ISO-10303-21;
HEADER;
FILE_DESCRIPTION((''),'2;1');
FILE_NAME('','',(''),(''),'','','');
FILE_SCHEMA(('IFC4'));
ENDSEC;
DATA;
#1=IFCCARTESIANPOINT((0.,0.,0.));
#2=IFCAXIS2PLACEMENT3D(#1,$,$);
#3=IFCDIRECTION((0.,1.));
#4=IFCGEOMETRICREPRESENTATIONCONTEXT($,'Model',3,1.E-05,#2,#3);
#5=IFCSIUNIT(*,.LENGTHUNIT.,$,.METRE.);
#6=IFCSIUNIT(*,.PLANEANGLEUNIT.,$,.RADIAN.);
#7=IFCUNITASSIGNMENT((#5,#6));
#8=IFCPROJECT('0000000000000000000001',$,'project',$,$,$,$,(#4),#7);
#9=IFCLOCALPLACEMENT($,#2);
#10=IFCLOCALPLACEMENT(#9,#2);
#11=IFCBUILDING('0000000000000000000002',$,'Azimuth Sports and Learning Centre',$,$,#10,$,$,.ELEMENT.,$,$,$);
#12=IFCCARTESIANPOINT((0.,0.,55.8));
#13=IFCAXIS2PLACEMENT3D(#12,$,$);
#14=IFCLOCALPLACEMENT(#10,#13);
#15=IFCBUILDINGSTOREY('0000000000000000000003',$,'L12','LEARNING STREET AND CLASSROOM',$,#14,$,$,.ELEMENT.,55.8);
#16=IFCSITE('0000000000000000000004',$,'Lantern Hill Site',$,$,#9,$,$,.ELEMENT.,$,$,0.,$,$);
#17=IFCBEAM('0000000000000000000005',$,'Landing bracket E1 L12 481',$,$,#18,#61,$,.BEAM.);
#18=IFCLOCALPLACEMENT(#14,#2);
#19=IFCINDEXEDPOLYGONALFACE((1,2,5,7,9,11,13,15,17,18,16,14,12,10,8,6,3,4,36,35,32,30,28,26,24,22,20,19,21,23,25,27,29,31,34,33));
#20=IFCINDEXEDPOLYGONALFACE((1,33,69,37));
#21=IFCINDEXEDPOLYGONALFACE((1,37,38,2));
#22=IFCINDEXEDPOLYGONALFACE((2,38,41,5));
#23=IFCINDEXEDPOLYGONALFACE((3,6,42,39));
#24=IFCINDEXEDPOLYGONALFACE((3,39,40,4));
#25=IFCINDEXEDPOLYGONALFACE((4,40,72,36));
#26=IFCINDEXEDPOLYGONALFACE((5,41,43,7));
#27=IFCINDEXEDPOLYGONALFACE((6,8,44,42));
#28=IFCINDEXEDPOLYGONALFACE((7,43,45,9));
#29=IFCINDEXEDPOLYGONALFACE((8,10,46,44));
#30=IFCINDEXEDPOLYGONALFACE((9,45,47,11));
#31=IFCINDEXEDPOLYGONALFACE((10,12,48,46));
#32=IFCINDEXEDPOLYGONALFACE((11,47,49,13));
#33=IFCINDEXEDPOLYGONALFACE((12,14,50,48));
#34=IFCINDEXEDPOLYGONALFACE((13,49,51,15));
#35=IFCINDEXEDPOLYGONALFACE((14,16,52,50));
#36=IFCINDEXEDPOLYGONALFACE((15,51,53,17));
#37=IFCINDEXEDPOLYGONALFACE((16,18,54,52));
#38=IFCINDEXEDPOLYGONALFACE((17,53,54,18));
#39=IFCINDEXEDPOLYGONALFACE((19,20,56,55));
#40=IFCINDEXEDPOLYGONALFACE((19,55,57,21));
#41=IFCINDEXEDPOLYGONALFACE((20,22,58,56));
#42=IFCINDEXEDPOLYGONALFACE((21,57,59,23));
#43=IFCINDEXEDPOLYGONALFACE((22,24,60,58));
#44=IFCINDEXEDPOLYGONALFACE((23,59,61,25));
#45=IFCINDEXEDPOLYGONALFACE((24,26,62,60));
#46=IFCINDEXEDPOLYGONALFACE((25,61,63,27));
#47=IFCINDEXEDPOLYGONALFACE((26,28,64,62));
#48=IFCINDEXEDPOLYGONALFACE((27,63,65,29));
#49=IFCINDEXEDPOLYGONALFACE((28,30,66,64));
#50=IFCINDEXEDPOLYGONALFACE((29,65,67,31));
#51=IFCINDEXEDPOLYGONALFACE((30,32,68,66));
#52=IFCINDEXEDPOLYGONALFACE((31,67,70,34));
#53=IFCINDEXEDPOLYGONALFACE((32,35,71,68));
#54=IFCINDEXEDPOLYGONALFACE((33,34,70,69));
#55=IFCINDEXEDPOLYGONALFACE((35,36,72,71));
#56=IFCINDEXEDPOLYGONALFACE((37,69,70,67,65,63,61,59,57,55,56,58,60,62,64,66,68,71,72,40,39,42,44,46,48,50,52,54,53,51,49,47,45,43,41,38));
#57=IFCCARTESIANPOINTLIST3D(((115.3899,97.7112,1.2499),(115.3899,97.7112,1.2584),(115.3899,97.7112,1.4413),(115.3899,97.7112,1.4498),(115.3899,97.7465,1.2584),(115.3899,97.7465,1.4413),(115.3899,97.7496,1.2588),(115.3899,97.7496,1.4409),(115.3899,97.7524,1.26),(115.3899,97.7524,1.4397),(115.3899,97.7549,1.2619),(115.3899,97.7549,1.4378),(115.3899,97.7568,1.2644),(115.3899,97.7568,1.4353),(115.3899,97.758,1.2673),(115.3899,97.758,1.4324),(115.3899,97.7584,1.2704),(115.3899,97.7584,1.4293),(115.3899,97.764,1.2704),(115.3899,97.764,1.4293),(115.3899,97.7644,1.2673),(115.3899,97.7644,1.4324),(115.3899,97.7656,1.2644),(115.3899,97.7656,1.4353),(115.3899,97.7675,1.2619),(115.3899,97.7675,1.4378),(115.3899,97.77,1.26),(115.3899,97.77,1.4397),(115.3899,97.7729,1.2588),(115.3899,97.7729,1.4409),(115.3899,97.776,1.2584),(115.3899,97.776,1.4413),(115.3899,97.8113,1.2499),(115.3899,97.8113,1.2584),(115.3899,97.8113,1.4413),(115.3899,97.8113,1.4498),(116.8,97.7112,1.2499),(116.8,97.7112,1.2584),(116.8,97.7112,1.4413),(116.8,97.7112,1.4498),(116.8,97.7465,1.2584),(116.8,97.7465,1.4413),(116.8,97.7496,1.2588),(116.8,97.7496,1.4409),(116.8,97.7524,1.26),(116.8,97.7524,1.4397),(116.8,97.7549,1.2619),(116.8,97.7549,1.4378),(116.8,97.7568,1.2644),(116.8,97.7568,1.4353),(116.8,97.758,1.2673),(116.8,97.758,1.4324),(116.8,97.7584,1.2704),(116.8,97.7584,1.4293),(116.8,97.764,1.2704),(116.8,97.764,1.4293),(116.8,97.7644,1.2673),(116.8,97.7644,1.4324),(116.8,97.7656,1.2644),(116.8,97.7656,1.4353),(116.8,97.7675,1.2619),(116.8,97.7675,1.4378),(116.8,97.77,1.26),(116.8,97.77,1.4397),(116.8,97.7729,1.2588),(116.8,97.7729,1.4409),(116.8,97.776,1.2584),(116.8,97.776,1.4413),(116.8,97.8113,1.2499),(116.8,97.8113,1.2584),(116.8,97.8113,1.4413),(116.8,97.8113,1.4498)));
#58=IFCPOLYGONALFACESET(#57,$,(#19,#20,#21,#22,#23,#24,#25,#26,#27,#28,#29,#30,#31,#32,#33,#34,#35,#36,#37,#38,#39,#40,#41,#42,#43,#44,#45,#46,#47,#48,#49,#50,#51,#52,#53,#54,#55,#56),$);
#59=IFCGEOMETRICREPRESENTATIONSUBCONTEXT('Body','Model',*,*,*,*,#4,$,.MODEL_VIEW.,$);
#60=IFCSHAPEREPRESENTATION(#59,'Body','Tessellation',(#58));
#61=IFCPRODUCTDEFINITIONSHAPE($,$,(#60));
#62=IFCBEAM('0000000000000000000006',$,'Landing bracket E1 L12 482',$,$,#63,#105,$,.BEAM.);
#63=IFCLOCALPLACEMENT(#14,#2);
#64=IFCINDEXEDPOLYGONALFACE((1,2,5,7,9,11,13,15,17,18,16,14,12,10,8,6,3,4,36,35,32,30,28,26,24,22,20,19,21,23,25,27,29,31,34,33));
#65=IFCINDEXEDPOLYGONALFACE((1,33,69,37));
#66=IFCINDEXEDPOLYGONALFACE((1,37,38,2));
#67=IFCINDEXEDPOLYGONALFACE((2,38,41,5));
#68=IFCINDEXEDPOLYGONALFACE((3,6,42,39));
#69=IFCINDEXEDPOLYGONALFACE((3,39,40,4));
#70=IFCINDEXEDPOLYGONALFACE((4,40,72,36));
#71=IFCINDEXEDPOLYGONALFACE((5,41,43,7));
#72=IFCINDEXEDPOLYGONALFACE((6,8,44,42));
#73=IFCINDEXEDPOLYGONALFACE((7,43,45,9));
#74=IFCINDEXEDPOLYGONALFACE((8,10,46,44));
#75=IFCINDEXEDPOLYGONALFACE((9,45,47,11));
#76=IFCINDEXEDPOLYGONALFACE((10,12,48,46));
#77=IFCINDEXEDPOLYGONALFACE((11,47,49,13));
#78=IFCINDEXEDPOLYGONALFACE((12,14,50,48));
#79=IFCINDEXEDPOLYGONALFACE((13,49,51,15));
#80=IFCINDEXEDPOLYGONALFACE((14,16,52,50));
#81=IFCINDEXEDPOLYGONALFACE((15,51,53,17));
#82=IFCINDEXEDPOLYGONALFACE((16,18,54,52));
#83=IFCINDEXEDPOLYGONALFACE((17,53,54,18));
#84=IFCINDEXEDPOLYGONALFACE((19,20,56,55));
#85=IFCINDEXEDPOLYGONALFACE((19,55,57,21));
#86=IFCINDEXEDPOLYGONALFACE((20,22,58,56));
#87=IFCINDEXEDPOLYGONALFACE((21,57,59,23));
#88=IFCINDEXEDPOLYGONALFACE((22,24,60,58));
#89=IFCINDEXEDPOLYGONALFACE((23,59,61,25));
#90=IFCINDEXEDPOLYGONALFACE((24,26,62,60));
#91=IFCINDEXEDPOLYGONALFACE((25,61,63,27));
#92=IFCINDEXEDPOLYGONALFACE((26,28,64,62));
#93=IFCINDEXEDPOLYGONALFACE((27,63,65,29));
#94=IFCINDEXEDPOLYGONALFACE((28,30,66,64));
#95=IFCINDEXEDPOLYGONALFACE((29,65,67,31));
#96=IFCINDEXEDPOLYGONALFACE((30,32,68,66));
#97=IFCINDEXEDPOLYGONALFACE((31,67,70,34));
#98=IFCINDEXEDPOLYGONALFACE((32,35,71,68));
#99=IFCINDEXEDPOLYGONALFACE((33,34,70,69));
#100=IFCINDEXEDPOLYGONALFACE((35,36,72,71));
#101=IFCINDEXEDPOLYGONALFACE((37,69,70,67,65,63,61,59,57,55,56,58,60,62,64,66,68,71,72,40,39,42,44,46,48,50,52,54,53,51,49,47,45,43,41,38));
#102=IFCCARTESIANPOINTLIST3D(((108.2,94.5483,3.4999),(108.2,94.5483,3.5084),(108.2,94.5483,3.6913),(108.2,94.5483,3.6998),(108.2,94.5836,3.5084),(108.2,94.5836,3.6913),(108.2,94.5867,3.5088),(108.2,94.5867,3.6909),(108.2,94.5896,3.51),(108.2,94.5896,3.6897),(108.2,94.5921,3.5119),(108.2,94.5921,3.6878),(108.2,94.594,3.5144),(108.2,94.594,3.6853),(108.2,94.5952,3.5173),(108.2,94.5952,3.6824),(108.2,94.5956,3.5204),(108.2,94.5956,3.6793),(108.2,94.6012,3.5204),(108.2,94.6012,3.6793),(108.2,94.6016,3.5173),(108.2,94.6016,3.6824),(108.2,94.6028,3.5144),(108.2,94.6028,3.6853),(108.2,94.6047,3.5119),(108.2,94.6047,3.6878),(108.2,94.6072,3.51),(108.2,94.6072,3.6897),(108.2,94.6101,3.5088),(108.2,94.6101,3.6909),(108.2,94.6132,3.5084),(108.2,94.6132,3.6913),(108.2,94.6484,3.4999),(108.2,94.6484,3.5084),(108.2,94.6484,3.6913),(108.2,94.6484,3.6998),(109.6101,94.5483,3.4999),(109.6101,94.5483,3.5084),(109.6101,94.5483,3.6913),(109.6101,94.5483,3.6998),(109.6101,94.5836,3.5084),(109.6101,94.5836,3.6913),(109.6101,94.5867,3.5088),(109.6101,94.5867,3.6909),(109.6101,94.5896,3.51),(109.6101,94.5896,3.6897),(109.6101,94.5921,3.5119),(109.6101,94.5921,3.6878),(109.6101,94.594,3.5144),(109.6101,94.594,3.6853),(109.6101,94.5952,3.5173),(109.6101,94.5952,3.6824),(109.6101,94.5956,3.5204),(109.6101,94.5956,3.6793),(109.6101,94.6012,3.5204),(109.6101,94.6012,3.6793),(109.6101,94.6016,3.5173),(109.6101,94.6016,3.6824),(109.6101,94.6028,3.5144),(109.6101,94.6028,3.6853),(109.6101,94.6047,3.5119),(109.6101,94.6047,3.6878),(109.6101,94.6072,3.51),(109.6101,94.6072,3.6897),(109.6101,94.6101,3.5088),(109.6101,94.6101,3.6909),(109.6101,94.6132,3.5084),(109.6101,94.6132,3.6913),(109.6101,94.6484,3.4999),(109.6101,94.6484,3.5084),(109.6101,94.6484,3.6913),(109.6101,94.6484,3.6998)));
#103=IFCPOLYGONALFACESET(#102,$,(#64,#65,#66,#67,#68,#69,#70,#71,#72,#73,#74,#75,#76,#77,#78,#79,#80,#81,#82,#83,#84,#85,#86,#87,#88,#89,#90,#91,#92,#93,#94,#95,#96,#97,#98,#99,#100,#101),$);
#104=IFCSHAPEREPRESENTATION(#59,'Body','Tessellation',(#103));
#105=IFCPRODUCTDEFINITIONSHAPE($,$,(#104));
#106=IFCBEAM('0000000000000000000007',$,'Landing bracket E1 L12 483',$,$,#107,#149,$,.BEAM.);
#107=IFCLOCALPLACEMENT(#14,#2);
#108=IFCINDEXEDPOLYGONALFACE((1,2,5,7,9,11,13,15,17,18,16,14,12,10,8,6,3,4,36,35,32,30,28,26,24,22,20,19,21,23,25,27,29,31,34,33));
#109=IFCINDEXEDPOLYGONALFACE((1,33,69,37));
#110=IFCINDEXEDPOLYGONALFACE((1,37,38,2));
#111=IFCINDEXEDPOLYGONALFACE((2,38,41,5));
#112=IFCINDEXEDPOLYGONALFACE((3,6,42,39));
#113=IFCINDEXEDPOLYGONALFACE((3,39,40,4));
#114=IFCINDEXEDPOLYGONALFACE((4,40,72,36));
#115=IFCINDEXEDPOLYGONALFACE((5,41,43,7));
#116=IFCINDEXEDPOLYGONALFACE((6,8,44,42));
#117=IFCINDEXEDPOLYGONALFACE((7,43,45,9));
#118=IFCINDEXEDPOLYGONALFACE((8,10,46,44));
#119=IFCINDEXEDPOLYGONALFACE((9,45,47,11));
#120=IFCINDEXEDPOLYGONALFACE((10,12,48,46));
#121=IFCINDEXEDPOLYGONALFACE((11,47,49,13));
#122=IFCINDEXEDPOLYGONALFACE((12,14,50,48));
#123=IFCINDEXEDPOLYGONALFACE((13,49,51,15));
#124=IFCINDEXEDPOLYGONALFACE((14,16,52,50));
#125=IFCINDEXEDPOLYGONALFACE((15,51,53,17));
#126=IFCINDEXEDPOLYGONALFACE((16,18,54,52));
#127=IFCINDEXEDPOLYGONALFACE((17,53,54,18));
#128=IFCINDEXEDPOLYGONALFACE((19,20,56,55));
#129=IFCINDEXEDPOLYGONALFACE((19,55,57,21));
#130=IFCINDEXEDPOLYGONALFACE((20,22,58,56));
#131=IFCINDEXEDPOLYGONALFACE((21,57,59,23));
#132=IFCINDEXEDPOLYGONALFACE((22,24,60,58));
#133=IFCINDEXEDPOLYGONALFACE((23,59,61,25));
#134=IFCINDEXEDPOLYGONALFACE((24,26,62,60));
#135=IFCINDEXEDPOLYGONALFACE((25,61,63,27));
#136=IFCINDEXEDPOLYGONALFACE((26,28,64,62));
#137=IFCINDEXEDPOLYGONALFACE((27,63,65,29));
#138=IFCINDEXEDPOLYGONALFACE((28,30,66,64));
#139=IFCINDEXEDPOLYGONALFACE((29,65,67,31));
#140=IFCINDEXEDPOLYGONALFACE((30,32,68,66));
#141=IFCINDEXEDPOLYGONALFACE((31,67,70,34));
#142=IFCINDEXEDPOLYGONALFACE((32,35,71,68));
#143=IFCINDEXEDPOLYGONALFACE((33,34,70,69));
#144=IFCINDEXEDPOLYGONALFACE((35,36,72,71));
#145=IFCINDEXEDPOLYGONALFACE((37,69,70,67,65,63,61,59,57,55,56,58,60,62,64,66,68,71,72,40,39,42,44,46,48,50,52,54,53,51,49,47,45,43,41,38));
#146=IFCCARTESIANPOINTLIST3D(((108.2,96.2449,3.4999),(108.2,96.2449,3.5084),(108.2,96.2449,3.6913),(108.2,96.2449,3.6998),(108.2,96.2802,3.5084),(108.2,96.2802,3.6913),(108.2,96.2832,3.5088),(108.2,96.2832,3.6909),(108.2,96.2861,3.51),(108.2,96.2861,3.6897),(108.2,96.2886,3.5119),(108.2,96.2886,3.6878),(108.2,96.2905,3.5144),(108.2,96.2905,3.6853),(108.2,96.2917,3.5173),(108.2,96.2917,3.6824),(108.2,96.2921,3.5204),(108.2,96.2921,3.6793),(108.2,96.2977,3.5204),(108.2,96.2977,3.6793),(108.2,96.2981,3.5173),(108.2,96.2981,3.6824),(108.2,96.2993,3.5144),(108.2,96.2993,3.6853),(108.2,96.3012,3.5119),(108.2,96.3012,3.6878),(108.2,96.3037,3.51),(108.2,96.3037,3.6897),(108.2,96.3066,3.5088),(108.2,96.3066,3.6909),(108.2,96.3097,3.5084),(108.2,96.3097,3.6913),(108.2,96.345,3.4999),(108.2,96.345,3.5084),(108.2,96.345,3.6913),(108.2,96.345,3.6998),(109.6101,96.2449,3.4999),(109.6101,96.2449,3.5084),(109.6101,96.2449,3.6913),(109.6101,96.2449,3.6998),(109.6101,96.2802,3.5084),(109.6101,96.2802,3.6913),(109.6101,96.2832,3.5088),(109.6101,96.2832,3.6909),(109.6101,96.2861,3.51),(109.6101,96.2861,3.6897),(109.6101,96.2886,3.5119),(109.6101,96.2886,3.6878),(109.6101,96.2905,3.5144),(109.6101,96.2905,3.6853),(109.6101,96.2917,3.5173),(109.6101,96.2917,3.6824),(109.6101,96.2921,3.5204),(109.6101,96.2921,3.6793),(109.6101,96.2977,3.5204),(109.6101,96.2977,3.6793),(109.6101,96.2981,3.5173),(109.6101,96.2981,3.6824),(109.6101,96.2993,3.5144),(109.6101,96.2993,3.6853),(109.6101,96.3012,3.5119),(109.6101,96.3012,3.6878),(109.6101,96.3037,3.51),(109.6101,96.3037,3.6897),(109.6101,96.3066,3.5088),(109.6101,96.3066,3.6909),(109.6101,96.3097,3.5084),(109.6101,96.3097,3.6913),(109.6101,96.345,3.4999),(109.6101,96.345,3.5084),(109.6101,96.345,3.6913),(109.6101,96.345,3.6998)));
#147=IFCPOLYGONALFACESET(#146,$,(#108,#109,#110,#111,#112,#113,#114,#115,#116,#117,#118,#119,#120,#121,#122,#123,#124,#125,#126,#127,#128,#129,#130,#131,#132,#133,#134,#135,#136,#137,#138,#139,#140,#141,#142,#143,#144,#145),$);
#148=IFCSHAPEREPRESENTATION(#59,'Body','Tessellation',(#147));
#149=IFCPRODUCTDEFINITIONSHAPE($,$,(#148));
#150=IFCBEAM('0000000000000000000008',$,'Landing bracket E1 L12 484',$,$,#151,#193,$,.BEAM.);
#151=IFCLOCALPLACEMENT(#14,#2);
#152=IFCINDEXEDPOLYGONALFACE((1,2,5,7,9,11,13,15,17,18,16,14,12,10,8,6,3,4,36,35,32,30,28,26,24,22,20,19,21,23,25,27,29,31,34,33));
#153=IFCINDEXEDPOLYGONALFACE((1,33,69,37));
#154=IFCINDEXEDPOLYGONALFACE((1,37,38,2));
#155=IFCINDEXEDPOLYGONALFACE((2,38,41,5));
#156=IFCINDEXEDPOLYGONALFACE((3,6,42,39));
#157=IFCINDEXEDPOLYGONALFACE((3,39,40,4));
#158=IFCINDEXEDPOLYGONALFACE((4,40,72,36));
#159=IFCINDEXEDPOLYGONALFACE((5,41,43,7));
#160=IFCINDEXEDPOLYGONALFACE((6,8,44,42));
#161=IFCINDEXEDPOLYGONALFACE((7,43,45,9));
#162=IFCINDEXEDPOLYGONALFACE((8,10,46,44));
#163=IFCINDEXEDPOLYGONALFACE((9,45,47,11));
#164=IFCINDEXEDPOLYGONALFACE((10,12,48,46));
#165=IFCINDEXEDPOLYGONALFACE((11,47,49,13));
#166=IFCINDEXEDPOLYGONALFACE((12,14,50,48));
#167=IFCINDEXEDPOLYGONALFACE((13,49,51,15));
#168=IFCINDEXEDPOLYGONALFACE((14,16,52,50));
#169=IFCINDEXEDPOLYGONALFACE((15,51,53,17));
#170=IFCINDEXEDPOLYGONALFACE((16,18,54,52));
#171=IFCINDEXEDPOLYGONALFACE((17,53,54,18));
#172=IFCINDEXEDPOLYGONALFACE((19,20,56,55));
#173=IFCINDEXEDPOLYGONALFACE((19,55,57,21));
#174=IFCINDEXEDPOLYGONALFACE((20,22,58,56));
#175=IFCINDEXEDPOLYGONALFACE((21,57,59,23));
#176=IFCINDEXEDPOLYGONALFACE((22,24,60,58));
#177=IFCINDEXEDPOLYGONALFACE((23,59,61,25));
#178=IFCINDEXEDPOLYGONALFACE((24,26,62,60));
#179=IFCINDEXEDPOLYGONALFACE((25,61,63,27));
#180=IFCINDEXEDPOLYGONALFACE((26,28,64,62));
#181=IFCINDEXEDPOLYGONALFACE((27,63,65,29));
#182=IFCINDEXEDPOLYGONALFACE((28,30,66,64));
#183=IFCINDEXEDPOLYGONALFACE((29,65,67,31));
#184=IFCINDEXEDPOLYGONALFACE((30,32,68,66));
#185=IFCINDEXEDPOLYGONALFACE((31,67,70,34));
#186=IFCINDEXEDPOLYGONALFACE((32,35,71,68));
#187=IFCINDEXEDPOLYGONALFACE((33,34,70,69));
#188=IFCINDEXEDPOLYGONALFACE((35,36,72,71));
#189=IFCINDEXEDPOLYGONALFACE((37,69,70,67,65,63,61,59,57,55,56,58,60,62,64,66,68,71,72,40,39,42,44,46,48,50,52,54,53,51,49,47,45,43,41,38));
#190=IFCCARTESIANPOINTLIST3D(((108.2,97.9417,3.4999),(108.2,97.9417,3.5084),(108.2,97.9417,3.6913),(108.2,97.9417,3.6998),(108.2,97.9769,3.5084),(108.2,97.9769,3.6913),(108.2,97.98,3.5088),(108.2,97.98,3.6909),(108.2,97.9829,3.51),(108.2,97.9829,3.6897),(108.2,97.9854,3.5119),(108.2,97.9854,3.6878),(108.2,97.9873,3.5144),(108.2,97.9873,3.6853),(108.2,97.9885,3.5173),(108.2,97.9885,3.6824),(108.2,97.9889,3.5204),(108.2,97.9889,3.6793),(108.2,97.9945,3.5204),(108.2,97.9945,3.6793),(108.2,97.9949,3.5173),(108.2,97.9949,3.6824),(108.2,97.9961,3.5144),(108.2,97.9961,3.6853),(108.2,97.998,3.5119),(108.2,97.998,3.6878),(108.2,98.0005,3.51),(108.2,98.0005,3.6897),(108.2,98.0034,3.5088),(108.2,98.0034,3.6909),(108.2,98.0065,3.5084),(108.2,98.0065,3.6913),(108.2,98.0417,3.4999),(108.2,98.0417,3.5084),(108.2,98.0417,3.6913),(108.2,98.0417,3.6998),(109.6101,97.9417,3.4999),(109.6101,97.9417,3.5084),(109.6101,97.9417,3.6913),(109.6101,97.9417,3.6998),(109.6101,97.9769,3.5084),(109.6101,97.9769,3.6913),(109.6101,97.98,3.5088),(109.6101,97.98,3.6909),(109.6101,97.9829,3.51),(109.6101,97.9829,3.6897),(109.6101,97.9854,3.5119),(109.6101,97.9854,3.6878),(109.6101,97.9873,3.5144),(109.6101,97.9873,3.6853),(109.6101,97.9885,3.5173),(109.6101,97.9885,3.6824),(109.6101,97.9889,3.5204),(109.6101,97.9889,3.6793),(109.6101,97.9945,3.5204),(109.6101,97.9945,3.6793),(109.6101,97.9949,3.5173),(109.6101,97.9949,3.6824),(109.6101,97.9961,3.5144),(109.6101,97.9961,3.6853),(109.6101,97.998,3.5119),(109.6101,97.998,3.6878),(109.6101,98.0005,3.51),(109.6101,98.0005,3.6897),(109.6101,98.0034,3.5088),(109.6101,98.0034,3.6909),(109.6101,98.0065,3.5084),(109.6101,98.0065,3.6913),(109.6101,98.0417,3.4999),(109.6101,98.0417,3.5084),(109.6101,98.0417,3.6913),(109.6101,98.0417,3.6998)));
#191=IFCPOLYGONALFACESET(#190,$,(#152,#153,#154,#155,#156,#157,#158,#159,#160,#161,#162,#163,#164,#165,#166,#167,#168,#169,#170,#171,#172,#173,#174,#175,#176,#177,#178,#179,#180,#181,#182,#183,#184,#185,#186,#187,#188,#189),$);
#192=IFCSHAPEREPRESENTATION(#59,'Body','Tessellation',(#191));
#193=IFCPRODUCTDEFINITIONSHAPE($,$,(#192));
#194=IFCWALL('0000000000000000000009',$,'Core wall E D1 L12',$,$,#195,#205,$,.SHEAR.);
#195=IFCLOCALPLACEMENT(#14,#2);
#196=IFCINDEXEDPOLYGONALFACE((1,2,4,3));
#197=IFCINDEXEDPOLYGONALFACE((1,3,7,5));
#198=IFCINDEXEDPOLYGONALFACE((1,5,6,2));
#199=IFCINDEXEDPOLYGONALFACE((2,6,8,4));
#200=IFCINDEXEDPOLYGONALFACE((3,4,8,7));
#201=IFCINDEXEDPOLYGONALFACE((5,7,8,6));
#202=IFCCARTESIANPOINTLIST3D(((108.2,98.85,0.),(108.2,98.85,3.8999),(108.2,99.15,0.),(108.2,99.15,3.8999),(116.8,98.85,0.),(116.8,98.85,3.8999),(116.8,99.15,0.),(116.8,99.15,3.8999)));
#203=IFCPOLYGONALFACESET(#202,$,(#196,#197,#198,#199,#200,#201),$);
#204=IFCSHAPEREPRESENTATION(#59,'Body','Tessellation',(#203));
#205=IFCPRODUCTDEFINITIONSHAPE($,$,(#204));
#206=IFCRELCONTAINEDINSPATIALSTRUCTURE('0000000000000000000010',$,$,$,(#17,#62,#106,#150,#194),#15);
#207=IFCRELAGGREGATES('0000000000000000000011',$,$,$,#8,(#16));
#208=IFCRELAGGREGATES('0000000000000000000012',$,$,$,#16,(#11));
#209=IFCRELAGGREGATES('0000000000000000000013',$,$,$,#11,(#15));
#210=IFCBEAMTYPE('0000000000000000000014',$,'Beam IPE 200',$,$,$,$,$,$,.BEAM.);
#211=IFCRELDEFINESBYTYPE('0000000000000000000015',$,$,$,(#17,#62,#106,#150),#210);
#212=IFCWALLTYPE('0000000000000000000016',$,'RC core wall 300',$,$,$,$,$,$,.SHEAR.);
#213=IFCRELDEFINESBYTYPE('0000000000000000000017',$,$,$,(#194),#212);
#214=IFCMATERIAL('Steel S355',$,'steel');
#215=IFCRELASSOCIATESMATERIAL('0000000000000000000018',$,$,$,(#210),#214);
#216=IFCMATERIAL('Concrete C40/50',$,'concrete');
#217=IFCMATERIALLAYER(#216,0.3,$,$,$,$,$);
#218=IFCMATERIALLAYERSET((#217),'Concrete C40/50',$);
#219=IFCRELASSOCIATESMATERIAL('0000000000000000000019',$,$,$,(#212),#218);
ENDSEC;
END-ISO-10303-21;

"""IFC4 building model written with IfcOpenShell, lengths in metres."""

from ifc_helpers import new_model, si_unit, direction, frame, frame_2d, origin, origin_2d, place, context, subcontext, project, spatial, rectangle, i_section, extrude, material, layer, layer_set, material_profile, profile_set, type_object, element, save


model = new_model("IFC4")

# Units and contexts
model_context = context("Model", 3, precision=1e-05, world=origin(), true_north=direction((0.0, 1.0)))
body_context = subcontext(model_context, "Body", "Model", "MODEL_VIEW")
ifc_project = project(units=[si_unit("LENGTHUNIT", "METRE"), si_unit("PLANEANGLEUNIT", "RADIAN")], contexts=[model_context])

# Site, building, storey
site_placement = place(None, origin())
site = spatial("IfcSite", under=ifc_project, at=site_placement, Name="Lantern Hill Site", CompositionType="ELEMENT", RefElevation=0.0)
building_placement = place(site_placement, origin())
building = spatial("IfcBuilding", under=site, at=building_placement, Name="Azimuth Sports and Learning Centre", CompositionType="ELEMENT")
storey_placement = place(building_placement, frame((0.0, 0.0, 55.8)))
storey = spatial("IfcBuildingStorey", under=building, at=storey_placement, Name="L12", Description="LEARNING STREET AND CLASSROOM", CompositionType="ELEMENT", Elevation=55.8)

# Beams
ifc_material_1 = material(Name="Steel S355", Category="steel")
ifc_material_profile = material_profile(ifc_material_1, i_section(OverallWidth=0.1001, OverallDepth=0.2, WebThickness=0.0056, FlangeThickness=0.0085, FilletRadius=0.012, at=origin_2d()), Name="IPE 200")
ifc_profile_set = profile_set([ifc_material_profile], Name="Steel S355")
beam_type = type_object("IfcBeamType", Name="Beam IPE 200", PredefinedType="BEAM", material=ifc_profile_set)
for number, where, z_axis, x_axis, name in (
    (1, (116.8, 97.7612, 1.3499), (-1.0, 0.0, 0.0), (0.0, -1.0, 0.0), "Landing bracket E1 L12 481"),
    (2, (108.2, 94.5984, 3.5999), (1.0, 0.0, 0.0), (0.0, 1.0, 0.0), "Landing bracket E1 L12 482"),
    (3, (108.2, 96.2949, 3.5999), (1.0, 0.0, 0.0), (0.0, 1.0, 0.0), "Landing bracket E1 L12 483"),
    (4, (108.2, 97.9917, 3.5999), (1.0, 0.0, 0.0), (0.0, 1.0, 0.0), "Landing bracket E1 L12 484"),
):
    element("IfcBeam", number, at=place(storey_placement, frame(where, z_axis=z_axis, x_axis=x_axis)), inside=storey, type_object=beam_type, Name=name, PredefinedType="BEAM", context=body_context, shape_type="SweptSolid", body=[
        extrude(i_section(OverallWidth=0.1001, OverallDepth=0.2, WebThickness=0.0056, FlangeThickness=0.0085, FilletRadius=0.012, at=origin_2d()), origin(), (0.0, 0.0, 1.0), 1.4102),
    ])

# Wall
ifc_material_2 = material(Name="Concrete C40/50", Category="concrete")
ifc_layer_1 = layer(ifc_material_2, 0.3)
ifc_layer_set_1 = layer_set([ifc_layer_1], Name="Concrete C40/50")
wall_type = type_object("IfcWallType", Name="RC core wall 300", PredefinedType="SHEAR", material=ifc_layer_set_1)
wall_placement = place(storey_placement, frame((108.2, 99.0, 0.0), z_axis=(0.0, 0.0, 1.0), x_axis=(1.0, 0.0, 0.0)))
element("IfcWall", 5, at=wall_placement, inside=storey, type_object=wall_type, Name="Core wall E D1 L12", PredefinedType="SHEAR", context=body_context, shape_type="SweptSolid", body=[
    extrude(rectangle(XDim=8.6001, YDim=0.3, at=frame_2d((4.3, 0.0))), origin(), (0.0, 0.0, 1.0), 3.8999),
])

save(model, "model.ifc")
